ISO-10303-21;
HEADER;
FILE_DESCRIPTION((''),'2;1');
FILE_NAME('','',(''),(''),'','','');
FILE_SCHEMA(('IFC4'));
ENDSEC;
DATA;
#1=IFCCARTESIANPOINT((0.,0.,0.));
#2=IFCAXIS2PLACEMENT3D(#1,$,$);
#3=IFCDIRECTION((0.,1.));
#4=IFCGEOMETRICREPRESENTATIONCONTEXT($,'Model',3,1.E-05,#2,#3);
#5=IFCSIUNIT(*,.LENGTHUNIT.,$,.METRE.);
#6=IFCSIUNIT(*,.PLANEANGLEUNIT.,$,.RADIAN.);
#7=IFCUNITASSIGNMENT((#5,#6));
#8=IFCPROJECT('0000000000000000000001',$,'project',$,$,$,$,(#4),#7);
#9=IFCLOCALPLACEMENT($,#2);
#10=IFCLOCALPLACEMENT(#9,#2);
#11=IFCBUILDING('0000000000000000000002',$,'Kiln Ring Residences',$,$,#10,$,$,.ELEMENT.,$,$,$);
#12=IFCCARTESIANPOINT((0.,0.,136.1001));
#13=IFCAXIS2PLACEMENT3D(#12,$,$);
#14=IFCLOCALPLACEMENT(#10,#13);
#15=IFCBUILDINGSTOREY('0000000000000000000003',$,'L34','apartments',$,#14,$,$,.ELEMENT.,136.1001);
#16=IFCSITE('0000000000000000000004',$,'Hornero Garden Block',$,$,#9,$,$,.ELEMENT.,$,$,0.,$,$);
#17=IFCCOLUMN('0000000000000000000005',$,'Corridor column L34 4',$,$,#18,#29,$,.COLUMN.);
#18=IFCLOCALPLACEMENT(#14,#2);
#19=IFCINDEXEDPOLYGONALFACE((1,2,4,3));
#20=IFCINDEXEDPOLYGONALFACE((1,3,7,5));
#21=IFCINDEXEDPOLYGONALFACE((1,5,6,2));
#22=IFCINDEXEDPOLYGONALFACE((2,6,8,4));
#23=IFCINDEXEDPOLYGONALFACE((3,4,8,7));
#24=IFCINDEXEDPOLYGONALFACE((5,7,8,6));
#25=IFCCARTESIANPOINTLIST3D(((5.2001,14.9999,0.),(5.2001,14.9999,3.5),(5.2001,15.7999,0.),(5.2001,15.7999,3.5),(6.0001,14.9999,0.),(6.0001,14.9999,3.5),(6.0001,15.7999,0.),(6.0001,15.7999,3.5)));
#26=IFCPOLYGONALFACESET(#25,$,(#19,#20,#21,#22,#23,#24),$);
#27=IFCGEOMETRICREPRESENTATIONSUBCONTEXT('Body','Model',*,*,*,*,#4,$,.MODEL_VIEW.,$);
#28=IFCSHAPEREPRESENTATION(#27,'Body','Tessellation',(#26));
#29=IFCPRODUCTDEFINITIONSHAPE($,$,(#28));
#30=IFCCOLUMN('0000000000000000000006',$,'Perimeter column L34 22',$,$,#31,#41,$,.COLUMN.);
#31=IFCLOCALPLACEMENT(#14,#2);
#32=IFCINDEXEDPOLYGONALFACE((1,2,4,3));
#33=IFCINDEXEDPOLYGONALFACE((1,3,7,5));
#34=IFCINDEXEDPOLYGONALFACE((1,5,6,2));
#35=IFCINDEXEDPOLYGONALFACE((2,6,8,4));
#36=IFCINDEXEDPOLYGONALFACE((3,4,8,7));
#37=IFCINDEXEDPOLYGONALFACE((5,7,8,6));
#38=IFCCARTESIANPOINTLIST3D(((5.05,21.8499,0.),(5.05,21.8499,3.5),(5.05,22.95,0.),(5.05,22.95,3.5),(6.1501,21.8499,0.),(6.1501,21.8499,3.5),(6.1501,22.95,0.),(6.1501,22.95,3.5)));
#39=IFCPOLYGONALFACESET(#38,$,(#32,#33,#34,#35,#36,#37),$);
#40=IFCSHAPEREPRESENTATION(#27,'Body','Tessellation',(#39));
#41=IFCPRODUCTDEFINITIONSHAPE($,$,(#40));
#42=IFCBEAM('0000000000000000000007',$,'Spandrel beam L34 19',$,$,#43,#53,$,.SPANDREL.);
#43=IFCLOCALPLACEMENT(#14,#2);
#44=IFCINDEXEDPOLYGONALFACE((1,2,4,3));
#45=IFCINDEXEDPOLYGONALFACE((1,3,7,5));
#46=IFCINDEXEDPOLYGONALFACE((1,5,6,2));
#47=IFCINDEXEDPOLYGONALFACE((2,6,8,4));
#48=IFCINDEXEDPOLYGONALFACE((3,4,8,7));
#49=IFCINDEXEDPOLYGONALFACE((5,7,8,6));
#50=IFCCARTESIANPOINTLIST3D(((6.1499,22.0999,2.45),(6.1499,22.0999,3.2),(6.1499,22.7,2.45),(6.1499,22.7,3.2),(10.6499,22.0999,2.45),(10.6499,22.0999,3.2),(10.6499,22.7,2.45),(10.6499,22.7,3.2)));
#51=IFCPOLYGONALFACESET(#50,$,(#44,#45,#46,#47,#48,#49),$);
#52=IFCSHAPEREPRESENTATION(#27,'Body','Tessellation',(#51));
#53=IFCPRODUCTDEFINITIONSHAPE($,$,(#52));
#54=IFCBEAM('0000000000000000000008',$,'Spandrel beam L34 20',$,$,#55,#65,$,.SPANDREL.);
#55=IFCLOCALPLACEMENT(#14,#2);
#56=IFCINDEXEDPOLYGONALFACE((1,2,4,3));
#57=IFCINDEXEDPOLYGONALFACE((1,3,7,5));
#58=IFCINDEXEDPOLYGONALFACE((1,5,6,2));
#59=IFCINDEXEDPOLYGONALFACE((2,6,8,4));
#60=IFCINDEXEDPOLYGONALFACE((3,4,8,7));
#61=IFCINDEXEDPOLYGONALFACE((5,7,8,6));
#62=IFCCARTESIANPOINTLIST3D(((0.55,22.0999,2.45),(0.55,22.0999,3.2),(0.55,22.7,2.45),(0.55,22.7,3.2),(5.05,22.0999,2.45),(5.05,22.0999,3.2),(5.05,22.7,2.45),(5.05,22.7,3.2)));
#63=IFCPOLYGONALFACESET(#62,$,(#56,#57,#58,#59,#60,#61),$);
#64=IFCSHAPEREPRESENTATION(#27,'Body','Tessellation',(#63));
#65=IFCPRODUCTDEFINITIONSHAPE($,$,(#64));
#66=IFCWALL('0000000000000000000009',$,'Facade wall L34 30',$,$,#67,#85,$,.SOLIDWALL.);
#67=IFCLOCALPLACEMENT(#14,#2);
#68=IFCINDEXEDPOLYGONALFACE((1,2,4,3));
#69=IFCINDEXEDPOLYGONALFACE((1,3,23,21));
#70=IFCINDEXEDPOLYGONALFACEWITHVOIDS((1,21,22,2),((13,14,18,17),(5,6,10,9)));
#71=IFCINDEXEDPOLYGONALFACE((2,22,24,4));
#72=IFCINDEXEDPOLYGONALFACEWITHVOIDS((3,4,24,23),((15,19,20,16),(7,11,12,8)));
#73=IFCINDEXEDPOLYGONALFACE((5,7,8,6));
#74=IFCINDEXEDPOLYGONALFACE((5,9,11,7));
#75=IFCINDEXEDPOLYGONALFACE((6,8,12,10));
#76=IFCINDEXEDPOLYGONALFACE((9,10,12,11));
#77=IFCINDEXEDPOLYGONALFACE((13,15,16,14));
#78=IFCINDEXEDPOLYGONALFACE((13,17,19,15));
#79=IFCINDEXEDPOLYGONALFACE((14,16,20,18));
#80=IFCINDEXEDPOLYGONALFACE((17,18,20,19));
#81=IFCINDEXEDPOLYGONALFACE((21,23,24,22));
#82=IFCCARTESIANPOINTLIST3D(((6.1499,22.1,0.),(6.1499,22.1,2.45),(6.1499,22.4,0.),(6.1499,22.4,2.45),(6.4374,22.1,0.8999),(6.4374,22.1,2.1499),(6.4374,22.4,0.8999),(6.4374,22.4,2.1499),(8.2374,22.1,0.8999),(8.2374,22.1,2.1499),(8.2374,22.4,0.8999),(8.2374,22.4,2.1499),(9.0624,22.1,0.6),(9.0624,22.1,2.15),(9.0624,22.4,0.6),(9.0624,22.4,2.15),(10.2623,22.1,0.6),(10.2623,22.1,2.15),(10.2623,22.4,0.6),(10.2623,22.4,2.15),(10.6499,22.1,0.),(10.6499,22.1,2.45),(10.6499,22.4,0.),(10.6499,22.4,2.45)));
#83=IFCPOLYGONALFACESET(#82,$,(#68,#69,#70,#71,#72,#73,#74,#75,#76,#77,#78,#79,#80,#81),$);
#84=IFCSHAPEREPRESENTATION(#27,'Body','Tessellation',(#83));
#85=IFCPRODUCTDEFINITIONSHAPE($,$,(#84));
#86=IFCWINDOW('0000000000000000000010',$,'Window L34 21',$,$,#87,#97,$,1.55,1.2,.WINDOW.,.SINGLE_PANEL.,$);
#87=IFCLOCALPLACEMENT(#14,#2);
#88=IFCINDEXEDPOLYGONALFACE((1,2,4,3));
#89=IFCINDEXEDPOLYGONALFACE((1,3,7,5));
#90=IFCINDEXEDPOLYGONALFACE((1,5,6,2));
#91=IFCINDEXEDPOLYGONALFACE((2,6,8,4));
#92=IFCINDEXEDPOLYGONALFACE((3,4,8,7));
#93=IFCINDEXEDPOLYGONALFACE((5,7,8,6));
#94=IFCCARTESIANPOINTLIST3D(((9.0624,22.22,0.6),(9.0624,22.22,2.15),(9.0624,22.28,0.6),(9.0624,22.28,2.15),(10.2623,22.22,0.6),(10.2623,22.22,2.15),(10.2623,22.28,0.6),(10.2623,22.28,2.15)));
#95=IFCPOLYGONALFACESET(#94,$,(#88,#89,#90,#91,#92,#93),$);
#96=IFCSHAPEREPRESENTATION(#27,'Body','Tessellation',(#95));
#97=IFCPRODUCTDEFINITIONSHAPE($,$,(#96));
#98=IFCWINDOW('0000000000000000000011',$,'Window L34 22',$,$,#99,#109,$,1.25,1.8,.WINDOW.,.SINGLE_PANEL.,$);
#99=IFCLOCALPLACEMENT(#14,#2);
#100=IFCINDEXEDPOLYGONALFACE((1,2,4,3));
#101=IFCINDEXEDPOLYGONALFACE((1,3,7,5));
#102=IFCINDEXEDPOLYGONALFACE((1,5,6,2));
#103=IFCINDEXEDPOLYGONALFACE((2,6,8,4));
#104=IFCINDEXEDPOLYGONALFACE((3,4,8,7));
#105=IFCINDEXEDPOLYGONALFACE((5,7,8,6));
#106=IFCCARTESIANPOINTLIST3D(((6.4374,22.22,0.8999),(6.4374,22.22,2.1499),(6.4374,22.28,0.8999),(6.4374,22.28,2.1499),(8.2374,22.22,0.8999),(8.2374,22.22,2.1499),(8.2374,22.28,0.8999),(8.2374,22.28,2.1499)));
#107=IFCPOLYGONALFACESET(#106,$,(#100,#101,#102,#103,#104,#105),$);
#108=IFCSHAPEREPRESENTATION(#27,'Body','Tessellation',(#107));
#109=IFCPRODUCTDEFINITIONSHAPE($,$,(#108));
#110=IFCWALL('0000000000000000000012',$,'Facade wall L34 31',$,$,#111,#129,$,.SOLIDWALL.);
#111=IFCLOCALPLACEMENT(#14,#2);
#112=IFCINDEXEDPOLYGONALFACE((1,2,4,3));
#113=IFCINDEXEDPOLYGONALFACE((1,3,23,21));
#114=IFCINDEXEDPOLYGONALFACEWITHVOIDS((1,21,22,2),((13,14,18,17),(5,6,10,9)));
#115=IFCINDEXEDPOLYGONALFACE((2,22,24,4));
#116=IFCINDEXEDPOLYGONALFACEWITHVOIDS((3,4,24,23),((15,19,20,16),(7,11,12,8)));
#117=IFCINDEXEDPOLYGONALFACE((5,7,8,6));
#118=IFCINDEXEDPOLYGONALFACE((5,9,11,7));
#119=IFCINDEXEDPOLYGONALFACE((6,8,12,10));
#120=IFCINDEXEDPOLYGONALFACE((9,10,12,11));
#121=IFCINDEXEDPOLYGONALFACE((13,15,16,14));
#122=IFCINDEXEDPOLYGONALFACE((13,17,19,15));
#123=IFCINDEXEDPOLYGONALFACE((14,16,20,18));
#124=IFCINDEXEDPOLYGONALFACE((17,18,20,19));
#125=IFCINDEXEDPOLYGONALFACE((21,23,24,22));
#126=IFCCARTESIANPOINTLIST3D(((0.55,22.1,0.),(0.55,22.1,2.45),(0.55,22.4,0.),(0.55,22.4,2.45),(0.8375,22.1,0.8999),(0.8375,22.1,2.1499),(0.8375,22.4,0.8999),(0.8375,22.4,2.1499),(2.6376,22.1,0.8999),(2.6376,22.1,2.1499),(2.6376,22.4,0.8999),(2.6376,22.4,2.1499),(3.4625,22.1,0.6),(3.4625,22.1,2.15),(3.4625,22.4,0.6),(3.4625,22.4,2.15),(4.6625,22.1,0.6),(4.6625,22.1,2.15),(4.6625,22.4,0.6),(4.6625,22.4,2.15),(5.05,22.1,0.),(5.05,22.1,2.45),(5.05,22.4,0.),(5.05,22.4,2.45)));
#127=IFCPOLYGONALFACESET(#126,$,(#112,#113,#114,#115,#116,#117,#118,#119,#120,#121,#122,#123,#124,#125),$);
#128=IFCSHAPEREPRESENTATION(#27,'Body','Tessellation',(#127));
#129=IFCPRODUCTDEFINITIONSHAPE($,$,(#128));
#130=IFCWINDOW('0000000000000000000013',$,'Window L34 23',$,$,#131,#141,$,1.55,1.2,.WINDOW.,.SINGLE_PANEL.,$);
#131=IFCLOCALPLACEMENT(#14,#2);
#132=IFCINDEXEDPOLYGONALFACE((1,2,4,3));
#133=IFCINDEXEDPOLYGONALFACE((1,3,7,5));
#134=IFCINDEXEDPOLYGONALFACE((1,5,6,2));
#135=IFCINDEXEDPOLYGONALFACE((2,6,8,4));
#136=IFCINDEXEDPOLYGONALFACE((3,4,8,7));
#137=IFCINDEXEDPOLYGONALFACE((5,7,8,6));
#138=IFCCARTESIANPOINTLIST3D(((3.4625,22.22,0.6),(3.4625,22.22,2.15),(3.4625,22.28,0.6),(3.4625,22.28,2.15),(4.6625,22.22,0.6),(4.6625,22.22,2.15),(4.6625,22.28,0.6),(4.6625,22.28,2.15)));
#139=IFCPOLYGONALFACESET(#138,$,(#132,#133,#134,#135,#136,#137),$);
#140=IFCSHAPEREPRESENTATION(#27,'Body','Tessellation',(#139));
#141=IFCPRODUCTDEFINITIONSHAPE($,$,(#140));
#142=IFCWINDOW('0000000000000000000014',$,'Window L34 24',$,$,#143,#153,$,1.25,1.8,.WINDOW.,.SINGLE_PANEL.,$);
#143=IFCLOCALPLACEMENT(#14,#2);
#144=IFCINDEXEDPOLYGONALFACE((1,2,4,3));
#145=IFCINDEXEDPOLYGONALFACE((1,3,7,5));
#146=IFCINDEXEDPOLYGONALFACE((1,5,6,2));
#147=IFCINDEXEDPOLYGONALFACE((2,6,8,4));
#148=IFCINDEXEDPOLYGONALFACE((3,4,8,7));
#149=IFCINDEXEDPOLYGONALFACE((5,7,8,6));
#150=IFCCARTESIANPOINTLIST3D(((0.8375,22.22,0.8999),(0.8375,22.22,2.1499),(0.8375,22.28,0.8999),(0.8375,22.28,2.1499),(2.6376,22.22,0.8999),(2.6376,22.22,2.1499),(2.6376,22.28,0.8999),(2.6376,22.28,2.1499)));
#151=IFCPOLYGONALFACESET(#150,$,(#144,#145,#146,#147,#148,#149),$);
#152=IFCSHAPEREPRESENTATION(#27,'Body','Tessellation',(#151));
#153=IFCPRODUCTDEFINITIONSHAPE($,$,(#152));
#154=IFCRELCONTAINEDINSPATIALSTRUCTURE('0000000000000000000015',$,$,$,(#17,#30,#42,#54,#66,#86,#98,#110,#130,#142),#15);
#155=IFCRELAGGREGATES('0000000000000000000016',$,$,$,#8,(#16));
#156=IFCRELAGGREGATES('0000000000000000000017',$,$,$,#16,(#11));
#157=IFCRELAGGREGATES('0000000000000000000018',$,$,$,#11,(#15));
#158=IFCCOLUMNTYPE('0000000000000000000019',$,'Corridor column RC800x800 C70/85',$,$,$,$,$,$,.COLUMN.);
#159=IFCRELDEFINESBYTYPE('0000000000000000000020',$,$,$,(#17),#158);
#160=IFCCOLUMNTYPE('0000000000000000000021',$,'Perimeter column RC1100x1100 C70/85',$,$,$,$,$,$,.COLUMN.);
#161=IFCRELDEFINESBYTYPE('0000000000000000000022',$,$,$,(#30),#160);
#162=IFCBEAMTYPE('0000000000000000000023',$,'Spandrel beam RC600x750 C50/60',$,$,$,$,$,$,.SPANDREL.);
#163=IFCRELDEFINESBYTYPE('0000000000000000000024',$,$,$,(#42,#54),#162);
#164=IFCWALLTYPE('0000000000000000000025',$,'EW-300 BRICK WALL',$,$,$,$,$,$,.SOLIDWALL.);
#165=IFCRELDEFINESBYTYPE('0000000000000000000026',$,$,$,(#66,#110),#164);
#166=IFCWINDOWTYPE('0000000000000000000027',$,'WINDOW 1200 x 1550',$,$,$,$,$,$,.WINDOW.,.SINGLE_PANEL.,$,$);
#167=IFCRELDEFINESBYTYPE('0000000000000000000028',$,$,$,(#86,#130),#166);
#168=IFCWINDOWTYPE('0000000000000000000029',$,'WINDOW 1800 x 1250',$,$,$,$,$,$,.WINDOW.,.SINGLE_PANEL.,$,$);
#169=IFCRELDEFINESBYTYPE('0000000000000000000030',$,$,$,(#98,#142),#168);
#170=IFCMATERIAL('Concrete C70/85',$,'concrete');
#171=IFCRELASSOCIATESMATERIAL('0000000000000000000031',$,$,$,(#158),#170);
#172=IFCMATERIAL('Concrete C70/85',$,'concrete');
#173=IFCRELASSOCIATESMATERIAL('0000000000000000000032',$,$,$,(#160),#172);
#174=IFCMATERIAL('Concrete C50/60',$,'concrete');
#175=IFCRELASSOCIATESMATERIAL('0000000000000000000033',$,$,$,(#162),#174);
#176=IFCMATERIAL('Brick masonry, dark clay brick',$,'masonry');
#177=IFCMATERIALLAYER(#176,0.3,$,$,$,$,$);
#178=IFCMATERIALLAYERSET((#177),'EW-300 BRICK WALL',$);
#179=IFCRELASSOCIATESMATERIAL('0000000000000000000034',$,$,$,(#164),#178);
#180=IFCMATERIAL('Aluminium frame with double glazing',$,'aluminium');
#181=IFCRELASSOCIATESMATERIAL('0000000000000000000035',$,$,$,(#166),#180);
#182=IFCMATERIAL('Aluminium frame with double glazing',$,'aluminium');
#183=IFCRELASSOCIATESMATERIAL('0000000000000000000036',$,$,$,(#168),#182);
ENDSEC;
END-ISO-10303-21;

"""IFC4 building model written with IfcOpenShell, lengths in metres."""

from ifc_helpers import new_model, si_unit, direction, frame, frame_2d, origin, origin_2d, place, context, subcontext, project, spatial, rectangle, extrude, material, layer, layer_set, material_profile, profile_set, type_object, element, fill, save


model = new_model("IFC4")

# Units and contexts
model_context = context("Model", 3, precision=1e-05, world=origin(), true_north=direction((0.0, 1.0)))
body_context = subcontext(model_context, "Body", "Model", "MODEL_VIEW")
ifc_project = project(units=[si_unit("LENGTHUNIT", "METRE"), si_unit("PLANEANGLEUNIT", "RADIAN")], contexts=[model_context])

# Site, building, storey
site_placement = place(None, origin())
site = spatial("IfcSite", under=ifc_project, at=site_placement, Name="Hornero Garden Block", CompositionType="ELEMENT", RefElevation=0.0)
building_placement = place(site_placement, origin())
building = spatial("IfcBuilding", under=site, at=building_placement, Name="Kiln Ring Residences", CompositionType="ELEMENT")
storey_placement = place(building_placement, frame((0.0, 0.0, 136.1001)))
storey = spatial("IfcBuildingStorey", under=building, at=storey_placement, Name="L34", Description="apartments", CompositionType="ELEMENT", Elevation=136.1001)

# Columns
ifc_material_1 = material(Name="Concrete C70/85", Category="concrete")
ifc_material_profile_1 = material_profile(ifc_material_1, rectangle(XDim=0.8, YDim=0.8, at=origin_2d()), Name="RC800x800")
ifc_profile_set_1 = profile_set([ifc_material_profile_1], Name="Concrete C70/85")
column_type_1 = type_object("IfcColumnType", Name="Corridor column RC800x800 C70/85", PredefinedType="COLUMN", material=ifc_profile_set_1)
column_1_placement = place(storey_placement, frame((5.6001, 15.3999, 0.0), z_axis=(0.0, 0.0, 1.0), x_axis=(1.0, 0.0, 0.0)))
element("IfcColumn", 1, at=column_1_placement, inside=storey, type_object=column_type_1, Name="Corridor column L34 4", PredefinedType="COLUMN", context=body_context, shape_type="SweptSolid", body=[
    extrude(rectangle(XDim=0.8, YDim=0.8, at=origin_2d()), origin(), (0.0, 0.0, 1.0), 3.5),
])
ifc_material_2 = material(Name="Concrete C70/85", Category="concrete")
ifc_material_profile_2 = material_profile(ifc_material_2, rectangle(XDim=1.1001, YDim=1.1001, at=origin_2d()), Name="RC1100x1100")
ifc_profile_set_2 = profile_set([ifc_material_profile_2], Name="Concrete C70/85")
column_type_2 = type_object("IfcColumnType", Name="Perimeter column RC1100x1100 C70/85", PredefinedType="COLUMN", material=ifc_profile_set_2)
column_2_placement = place(storey_placement, frame((5.6001, 22.3999, 0.0), z_axis=(0.0, 0.0, 1.0), x_axis=(1.0, 0.0, 0.0)))
element("IfcColumn", 2, at=column_2_placement, inside=storey, type_object=column_type_2, Name="Perimeter column L34 22", PredefinedType="COLUMN", context=body_context, shape_type="SweptSolid", body=[
    extrude(rectangle(XDim=1.1001, YDim=1.1001, at=origin_2d()), origin(), (0.0, 0.0, 1.0), 3.5),
])

# Beams
ifc_material_3 = material(Name="Concrete C50/60", Category="concrete")
ifc_material_profile_3 = material_profile(ifc_material_3, rectangle(XDim=0.6001, YDim=0.75, at=origin_2d()), Name="RC600x750")
ifc_profile_set_3 = profile_set([ifc_material_profile_3], Name="Concrete C50/60")
beam_type = type_object("IfcBeamType", Name="Spandrel beam RC600x750 C50/60", PredefinedType="SPANDREL", material=ifc_profile_set_3)
for number, where, z_axis, x_axis, name in (
    (3, (10.6499, 22.3999, 2.825), (-1.0, 0.0, 0.0), (0.0, -1.0, 0.0), "Spandrel beam L34 19"),
    (4, (5.05, 22.3999, 2.825), (-1.0, 0.0, 0.0), (0.0, -1.0, 0.0), "Spandrel beam L34 20"),
):
    element("IfcBeam", number, at=place(storey_placement, frame(where, z_axis=z_axis, x_axis=x_axis)), inside=storey, type_object=beam_type, Name=name, PredefinedType="SPANDREL", context=body_context, shape_type="SweptSolid", body=[
        extrude(rectangle(XDim=0.6001, YDim=0.75, at=origin_2d()), origin(), (0.0, 0.0, 1.0), 4.5),
    ])

# Walls, openings, windows
ifc_material_4 = material(Name="Brick masonry, dark clay brick", Category="masonry")
ifc_layer_1 = layer(ifc_material_4, 0.3)
ifc_layer_set_1 = layer_set([ifc_layer_1], Name="EW-300 BRICK WALL")
wall_type_1 = type_object("IfcWallType", Name="EW-300 BRICK WALL", PredefinedType="SOLIDWALL", material=ifc_layer_set_1)
wall_1_placement = place(storey_placement, frame((10.6499, 22.25, 0.0), z_axis=(0.0, 0.0, 1.0), x_axis=(-1.0, 0.0, 0.0)))
wall_1 = element("IfcWall", 5, at=wall_1_placement, inside=storey, type_object=wall_type_1, Name="Facade wall L34 30", PredefinedType="SOLIDWALL", context=body_context, shape_type="SweptSolid", body=[
    extrude(rectangle(XDim=4.5, YDim=0.3, at=frame_2d((2.25, 0.0))), origin(), (0.0, 0.0, 1.0), 2.45),
])
opening_1_placement = place(wall_1_placement, frame((0.3875, 0.0, 0.6001)))
opening_1 = element("IfcOpeningElement", 6, at=opening_1_placement, cuts=wall_1, PredefinedType="OPENING", context=body_context, shape_type="SweptSolid", body=[
    extrude(rectangle(XDim=1.2, YDim=1.55, at=frame_2d((0.6001, 0.7749))), frame((0.0, 0.1599, 0.0), z_axis=(0.0, -1.0, 0.0), x_axis=(1.0, 0.0, 0.0)), (0.0, 0.0, 1.0), 0.3201),
])
opening_2_placement = place(wall_1_placement, frame((2.4126, 0.0, 0.8999)))
opening_2 = element("IfcOpeningElement", 7, at=opening_2_placement, cuts=wall_1, PredefinedType="OPENING", context=body_context, shape_type="SweptSolid", body=[
    extrude(rectangle(XDim=1.8, YDim=1.25, at=frame_2d((0.8999, 0.625))), frame((0.0, 0.1599, 0.0), z_axis=(0.0, -1.0, 0.0), x_axis=(1.0, 0.0, 0.0)), (0.0, 0.0, 1.0), 0.3201),
])
ifc_material_5 = material(Name="Aluminium frame with double glazing", Category="aluminium")
window_type_1 = type_object("IfcWindowType", Name="WINDOW 1200 x 1550", PartitioningType="SINGLE_PANEL", PredefinedType="WINDOW", material=ifc_material_5)
window_1_placement = place(opening_1_placement, origin())
window_1 = element("IfcWindow", 8, at=window_1_placement, inside=storey, type_object=window_type_1, Name="Window L34 21", OverallHeight=1.55, OverallWidth=1.2, PartitioningType="SINGLE_PANEL", PredefinedType="WINDOW", context=body_context, shape_type="SweptSolid", body=[
    extrude(rectangle(XDim=1.2, YDim=1.55, at=frame_2d((0.6001, 0.7749))), frame((0.0, 0.03, 0.0), z_axis=(0.0, -1.0, 0.0), x_axis=(1.0, 0.0, 0.0)), (0.0, 0.0, 1.0), 0.0601),
])
fill(opening_1, window_1)
ifc_material_6 = material(Name="Aluminium frame with double glazing", Category="aluminium")
window_type_2 = type_object("IfcWindowType", Name="WINDOW 1800 x 1250", PartitioningType="SINGLE_PANEL", PredefinedType="WINDOW", material=ifc_material_6)
window_2_placement = place(opening_2_placement, origin())
window_2 = element("IfcWindow", 9, at=window_2_placement, inside=storey, type_object=window_type_2, Name="Window L34 22", OverallHeight=1.25, OverallWidth=1.8, PartitioningType="SINGLE_PANEL", PredefinedType="WINDOW", context=body_context, shape_type="SweptSolid", body=[
    extrude(rectangle(XDim=1.8, YDim=1.25, at=frame_2d((0.8999, 0.625))), frame((0.0, 0.03, 0.0), z_axis=(0.0, -1.0, 0.0), x_axis=(1.0, 0.0, 0.0)), (0.0, 0.0, 1.0), 0.0601),
])
fill(opening_2, window_2)
wall_2_placement = place(storey_placement, frame((5.05, 22.25, 0.0), z_axis=(0.0, 0.0, 1.0), x_axis=(-1.0, 0.0, 0.0)))
wall_2 = element("IfcWall", 10, at=wall_2_placement, inside=storey, type_object=wall_type_1, Name="Facade wall L34 31", PredefinedType="SOLIDWALL", context=body_context, shape_type="SweptSolid", body=[
    extrude(rectangle(XDim=4.5, YDim=0.3, at=frame_2d((2.25, 0.0))), origin(), (0.0, 0.0, 1.0), 2.45),
])
opening_3_placement = place(wall_2_placement, frame((0.3875, 0.0, 0.6001)))
opening_3 = element("IfcOpeningElement", 11, at=opening_3_placement, cuts=wall_2, PredefinedType="OPENING", context=body_context, shape_type="SweptSolid", body=[
    extrude(rectangle(XDim=1.2, YDim=1.55, at=frame_2d((0.6001, 0.7749))), frame((0.0, 0.1599, 0.0), z_axis=(0.0, -1.0, 0.0), x_axis=(1.0, 0.0, 0.0)), (0.0, 0.0, 1.0), 0.3201),
])
opening_4_placement = place(wall_2_placement, frame((2.4126, 0.0, 0.8999)))
opening_4 = element("IfcOpeningElement", 12, at=opening_4_placement, cuts=wall_2, PredefinedType="OPENING", context=body_context, shape_type="SweptSolid", body=[
    extrude(rectangle(XDim=1.8, YDim=1.25, at=frame_2d((0.8999, 0.625))), frame((0.0, 0.1599, 0.0), z_axis=(0.0, -1.0, 0.0), x_axis=(1.0, 0.0, 0.0)), (0.0, 0.0, 1.0), 0.3201),
])
window_3_placement = place(opening_3_placement, origin())
window_3 = element("IfcWindow", 13, at=window_3_placement, inside=storey, type_object=window_type_1, Name="Window L34 23", OverallHeight=1.55, OverallWidth=1.2, PartitioningType="SINGLE_PANEL", PredefinedType="WINDOW", context=body_context, shape_type="SweptSolid", body=[
    extrude(rectangle(XDim=1.2, YDim=1.55, at=frame_2d((0.6001, 0.7749))), frame((0.0, 0.03, 0.0), z_axis=(0.0, -1.0, 0.0), x_axis=(1.0, 0.0, 0.0)), (0.0, 0.0, 1.0), 0.0601),
])
fill(opening_3, window_3)
window_4_placement = place(opening_4_placement, origin())
window_4 = element("IfcWindow", 14, at=window_4_placement, inside=storey, type_object=window_type_2, Name="Window L34 24", OverallHeight=1.25, OverallWidth=1.8, PartitioningType="SINGLE_PANEL", PredefinedType="WINDOW", context=body_context, shape_type="SweptSolid", body=[
    extrude(rectangle(XDim=1.8, YDim=1.25, at=frame_2d((0.8999, 0.625))), frame((0.0, 0.03, 0.0), z_axis=(0.0, -1.0, 0.0), x_axis=(1.0, 0.0, 0.0)), (0.0, 0.0, 1.0), 0.0601),
])
fill(opening_4, window_4)

save(model, "model.ifc")
